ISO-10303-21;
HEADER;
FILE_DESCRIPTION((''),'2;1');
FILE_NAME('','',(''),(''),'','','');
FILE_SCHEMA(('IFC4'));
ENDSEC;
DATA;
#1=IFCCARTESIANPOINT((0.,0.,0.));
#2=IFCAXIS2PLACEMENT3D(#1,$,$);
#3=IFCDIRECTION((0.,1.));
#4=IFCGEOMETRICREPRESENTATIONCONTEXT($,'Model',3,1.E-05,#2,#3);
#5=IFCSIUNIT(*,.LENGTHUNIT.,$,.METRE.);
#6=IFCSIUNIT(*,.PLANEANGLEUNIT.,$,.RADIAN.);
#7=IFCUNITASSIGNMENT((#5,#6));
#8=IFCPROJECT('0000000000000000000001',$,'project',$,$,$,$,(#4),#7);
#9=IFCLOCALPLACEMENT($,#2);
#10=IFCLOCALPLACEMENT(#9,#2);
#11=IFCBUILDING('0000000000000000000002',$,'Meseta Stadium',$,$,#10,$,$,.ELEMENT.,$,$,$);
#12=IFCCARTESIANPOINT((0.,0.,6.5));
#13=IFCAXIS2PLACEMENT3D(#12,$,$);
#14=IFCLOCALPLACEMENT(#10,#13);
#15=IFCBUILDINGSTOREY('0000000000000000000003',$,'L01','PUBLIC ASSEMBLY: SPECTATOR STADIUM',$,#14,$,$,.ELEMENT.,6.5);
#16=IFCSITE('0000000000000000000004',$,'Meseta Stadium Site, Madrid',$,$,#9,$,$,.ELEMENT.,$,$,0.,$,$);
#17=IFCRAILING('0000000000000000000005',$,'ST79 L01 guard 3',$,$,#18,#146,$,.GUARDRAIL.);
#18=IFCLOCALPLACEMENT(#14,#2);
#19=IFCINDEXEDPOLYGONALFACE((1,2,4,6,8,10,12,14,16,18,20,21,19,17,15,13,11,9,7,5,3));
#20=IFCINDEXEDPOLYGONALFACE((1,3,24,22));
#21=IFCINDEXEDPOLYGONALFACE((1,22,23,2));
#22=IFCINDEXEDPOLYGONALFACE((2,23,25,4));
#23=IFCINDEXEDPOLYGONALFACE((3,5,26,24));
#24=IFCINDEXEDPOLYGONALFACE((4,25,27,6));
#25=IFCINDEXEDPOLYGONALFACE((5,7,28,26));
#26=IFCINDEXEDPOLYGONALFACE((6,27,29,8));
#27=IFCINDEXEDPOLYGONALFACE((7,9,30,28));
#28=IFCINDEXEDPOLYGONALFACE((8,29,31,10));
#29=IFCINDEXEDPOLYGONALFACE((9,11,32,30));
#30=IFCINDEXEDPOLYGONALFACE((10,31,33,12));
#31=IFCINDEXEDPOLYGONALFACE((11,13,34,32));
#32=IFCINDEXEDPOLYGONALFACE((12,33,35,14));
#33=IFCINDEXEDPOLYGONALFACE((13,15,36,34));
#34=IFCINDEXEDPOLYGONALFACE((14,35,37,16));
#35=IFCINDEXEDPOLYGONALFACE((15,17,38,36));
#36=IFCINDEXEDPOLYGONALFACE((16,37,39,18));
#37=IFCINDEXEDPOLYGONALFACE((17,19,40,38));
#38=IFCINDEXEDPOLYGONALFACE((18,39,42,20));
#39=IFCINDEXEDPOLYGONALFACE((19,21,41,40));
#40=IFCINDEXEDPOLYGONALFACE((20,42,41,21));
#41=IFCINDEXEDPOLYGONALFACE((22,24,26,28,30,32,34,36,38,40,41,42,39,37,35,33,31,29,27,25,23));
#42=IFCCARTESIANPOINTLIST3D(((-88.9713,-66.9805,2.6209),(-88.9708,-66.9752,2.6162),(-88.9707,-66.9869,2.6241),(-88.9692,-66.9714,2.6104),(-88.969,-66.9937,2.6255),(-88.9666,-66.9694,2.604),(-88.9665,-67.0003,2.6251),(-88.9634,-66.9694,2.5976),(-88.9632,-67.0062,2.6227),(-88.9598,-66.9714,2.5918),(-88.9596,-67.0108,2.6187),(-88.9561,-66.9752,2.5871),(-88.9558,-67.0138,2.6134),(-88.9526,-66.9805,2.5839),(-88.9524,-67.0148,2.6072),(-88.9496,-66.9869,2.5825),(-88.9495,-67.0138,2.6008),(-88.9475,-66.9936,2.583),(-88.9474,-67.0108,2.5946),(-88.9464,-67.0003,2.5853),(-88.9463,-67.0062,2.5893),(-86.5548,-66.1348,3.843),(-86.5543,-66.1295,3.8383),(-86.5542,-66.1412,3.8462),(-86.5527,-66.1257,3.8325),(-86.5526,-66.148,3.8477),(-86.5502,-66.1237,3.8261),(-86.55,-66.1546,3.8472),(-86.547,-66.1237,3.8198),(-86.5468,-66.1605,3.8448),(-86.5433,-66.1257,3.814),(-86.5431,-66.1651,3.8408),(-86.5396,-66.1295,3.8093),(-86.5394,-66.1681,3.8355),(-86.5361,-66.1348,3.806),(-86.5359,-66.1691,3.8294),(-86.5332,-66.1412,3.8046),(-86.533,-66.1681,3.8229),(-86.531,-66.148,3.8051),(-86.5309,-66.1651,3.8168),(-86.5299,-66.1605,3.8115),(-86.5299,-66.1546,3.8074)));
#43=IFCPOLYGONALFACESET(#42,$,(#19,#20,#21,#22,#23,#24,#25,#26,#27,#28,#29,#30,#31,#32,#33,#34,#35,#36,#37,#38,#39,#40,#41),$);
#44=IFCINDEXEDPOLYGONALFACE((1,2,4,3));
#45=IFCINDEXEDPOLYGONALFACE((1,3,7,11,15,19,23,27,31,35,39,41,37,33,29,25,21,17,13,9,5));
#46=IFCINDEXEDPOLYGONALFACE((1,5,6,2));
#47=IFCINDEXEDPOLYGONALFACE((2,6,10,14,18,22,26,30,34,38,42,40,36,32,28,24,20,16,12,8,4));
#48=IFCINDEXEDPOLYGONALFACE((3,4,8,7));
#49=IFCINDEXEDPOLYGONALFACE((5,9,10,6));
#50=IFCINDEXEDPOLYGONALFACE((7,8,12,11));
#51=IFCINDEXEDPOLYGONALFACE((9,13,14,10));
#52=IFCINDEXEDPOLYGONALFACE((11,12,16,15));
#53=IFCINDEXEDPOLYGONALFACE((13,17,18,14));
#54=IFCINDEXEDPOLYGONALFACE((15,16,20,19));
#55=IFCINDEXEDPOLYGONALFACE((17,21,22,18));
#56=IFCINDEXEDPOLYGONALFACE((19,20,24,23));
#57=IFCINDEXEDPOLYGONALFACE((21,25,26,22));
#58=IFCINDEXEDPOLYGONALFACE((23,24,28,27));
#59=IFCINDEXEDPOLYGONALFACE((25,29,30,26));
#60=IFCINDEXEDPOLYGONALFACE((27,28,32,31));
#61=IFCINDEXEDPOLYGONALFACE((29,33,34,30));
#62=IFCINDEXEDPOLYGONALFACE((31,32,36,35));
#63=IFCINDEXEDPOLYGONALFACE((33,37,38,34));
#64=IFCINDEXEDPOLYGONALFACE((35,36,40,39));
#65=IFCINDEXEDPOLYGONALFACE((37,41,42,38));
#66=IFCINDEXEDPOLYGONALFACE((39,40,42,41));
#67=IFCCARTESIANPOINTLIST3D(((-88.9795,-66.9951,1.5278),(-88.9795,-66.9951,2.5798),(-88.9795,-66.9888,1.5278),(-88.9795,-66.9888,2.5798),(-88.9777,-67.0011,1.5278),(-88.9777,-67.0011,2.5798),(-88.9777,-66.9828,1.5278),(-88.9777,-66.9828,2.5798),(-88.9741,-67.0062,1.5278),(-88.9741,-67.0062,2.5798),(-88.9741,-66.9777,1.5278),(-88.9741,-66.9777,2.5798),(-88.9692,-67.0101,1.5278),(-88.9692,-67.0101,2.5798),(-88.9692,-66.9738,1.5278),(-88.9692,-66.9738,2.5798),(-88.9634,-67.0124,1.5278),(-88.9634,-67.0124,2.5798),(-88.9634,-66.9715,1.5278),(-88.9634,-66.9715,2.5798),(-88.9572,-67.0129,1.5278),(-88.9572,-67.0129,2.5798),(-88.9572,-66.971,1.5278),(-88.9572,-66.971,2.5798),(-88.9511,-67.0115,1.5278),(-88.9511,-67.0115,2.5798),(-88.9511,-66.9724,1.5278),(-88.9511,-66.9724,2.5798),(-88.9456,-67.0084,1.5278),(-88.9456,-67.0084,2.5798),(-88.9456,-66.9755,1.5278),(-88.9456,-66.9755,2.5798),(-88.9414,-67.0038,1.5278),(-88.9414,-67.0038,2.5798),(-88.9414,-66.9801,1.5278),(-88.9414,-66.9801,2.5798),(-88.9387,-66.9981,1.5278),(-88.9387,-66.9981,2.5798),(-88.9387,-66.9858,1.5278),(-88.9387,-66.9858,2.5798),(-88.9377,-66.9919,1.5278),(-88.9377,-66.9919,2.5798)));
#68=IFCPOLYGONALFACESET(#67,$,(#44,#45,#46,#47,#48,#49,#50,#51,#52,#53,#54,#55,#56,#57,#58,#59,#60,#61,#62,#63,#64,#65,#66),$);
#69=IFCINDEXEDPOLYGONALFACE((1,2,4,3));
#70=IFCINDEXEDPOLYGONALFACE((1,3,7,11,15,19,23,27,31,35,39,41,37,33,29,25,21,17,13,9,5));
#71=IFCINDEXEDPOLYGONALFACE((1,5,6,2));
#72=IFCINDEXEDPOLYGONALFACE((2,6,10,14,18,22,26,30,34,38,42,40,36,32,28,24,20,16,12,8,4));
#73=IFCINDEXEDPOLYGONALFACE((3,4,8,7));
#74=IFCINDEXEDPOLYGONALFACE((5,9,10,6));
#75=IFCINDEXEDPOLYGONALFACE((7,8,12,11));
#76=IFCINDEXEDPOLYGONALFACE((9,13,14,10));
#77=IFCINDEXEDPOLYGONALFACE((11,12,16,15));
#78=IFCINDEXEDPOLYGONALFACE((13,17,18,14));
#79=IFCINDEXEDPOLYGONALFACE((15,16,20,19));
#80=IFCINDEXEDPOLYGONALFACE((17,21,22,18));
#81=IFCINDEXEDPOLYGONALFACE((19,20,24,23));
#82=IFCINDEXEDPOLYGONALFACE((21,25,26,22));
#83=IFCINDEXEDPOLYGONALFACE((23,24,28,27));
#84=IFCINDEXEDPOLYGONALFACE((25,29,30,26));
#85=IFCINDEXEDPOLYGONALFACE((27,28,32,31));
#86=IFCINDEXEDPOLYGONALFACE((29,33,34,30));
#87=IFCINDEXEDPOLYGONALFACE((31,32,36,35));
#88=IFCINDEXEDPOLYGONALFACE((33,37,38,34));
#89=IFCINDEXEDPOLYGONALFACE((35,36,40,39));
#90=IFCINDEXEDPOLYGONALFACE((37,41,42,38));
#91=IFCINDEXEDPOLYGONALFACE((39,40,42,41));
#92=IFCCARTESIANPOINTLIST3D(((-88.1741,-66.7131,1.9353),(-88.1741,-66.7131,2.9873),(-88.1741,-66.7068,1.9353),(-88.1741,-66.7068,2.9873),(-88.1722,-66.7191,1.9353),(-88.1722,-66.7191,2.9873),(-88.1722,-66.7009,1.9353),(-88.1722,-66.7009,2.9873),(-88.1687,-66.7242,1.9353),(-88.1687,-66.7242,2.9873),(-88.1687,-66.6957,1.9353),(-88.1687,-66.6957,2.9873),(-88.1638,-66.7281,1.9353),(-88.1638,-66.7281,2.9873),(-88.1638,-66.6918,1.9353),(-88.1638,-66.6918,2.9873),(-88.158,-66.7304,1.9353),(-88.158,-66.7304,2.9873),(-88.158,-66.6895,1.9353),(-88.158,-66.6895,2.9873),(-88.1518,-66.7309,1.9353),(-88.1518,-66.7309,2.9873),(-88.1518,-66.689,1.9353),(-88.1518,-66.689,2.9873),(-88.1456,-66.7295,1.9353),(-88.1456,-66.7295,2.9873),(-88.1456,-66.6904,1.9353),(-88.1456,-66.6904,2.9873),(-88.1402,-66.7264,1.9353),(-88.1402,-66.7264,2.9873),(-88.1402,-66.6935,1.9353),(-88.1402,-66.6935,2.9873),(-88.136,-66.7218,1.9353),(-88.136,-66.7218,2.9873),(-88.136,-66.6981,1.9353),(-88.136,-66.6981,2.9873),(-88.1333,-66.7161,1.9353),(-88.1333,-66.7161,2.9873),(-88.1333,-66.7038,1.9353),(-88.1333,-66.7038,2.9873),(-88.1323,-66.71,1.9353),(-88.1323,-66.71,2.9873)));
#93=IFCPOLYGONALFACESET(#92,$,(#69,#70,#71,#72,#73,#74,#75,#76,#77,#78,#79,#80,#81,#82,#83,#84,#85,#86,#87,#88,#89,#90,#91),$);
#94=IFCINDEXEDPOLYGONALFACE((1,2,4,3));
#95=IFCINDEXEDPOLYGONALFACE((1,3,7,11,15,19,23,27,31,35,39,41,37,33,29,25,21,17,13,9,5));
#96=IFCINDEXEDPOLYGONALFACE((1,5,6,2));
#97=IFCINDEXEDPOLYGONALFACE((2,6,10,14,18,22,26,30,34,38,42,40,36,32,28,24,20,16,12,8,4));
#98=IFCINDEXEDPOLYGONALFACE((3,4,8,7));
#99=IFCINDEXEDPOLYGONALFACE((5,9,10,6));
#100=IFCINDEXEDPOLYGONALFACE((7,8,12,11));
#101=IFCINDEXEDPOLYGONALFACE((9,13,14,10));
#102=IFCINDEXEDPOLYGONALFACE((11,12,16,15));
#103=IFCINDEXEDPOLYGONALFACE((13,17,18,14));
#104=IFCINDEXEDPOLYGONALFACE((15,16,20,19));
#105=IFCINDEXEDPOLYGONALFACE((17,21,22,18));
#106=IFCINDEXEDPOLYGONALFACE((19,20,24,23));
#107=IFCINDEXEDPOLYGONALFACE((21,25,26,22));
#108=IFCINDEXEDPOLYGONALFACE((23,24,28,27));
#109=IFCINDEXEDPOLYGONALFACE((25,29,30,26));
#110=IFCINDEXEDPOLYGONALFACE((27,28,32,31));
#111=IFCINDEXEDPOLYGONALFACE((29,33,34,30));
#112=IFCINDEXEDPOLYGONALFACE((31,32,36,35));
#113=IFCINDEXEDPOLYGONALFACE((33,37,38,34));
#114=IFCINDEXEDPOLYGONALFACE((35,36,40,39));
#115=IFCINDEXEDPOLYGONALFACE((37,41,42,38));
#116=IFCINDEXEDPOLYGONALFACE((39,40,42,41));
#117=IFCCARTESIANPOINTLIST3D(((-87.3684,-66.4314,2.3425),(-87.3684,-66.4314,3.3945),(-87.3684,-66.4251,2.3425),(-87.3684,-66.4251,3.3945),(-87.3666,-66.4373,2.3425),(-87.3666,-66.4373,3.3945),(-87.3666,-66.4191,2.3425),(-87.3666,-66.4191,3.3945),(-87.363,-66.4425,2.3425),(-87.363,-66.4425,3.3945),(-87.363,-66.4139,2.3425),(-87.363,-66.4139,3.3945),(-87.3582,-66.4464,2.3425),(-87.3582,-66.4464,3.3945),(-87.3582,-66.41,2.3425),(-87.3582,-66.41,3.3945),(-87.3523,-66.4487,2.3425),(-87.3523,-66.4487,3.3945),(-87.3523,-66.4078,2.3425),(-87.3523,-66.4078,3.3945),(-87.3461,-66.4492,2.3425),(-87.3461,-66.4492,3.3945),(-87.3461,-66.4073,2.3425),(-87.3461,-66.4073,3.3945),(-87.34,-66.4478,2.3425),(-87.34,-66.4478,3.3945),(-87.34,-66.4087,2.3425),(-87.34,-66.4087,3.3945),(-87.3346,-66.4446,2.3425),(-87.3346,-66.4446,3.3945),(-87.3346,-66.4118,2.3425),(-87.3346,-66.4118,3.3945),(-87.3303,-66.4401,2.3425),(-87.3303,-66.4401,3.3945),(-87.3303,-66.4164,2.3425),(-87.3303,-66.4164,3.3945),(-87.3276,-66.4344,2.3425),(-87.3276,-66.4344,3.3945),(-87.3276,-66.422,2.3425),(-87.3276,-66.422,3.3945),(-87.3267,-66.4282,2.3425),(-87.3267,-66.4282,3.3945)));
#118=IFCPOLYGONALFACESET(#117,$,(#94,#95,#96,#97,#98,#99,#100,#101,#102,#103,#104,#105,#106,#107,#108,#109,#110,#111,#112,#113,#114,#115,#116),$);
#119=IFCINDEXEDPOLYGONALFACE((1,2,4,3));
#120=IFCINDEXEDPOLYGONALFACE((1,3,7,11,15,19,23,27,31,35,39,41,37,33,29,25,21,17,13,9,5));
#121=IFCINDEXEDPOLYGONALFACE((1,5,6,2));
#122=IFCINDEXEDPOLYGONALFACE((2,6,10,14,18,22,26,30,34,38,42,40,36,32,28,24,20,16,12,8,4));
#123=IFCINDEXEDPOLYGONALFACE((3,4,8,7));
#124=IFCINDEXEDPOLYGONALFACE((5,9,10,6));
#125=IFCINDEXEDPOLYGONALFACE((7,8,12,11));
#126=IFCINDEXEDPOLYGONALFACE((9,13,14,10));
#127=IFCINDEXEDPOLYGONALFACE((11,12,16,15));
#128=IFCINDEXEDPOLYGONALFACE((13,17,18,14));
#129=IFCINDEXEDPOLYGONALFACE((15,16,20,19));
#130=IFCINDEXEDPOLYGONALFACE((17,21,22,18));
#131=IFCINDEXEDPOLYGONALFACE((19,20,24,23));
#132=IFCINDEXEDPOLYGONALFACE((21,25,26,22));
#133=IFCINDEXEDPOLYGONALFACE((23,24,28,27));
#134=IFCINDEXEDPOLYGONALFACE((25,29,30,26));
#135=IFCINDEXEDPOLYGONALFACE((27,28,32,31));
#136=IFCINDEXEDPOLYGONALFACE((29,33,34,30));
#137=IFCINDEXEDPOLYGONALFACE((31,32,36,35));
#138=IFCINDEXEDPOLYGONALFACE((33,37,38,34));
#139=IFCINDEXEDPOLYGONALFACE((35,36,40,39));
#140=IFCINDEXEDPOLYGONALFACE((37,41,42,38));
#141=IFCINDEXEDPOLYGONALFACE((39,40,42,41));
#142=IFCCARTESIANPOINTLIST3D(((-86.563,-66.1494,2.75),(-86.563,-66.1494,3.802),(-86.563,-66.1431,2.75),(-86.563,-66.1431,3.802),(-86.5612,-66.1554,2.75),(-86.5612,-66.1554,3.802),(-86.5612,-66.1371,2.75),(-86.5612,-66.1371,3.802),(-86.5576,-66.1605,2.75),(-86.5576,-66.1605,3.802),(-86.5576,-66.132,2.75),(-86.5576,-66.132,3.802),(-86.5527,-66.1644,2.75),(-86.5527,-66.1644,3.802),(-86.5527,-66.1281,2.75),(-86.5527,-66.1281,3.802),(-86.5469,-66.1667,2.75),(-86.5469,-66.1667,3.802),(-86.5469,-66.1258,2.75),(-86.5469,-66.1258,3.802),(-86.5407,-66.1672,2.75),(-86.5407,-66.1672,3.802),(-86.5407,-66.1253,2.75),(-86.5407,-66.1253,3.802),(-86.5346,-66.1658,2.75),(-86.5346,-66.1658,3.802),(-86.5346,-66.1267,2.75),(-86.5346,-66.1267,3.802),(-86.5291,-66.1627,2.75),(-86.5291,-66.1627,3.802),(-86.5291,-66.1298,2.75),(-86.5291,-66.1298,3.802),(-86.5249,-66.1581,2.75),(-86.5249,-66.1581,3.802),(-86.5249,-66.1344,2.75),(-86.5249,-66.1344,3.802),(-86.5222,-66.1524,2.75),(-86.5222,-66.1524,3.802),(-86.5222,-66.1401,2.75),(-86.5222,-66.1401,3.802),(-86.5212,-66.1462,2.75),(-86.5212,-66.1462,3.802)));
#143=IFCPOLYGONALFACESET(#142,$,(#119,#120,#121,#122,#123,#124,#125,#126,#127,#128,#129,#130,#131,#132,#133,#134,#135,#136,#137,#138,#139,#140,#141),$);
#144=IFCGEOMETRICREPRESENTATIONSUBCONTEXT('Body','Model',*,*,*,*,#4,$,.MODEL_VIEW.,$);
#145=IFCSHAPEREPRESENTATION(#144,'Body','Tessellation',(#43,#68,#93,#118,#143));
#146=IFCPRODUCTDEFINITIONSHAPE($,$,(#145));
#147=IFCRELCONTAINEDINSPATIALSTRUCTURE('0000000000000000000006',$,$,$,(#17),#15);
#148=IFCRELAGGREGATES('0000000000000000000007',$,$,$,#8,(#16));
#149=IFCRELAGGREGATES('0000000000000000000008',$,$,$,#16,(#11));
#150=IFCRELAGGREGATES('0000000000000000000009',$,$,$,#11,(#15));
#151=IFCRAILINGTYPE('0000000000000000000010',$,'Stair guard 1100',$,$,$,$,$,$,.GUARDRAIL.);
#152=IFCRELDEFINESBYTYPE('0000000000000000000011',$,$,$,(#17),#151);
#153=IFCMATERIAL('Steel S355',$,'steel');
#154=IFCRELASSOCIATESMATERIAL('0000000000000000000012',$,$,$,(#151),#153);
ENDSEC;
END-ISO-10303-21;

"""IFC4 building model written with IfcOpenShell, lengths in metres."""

from ifc_helpers import new_model, si_unit, direction, frame, origin, origin_2d, place, context, subcontext, project, spatial, circle, extrude, material, type_object, element, save


model = new_model("IFC4")

# Units and contexts
model_context = context("Model", 3, precision=1e-05, world=origin(), true_north=direction((0.0, 1.0)))
body_context = subcontext(model_context, "Body", "Model", "MODEL_VIEW")
ifc_project = project(units=[si_unit("LENGTHUNIT", "METRE"), si_unit("PLANEANGLEUNIT", "RADIAN")], contexts=[model_context])

# Site, building, storey
site_placement = place(None, origin())
site = spatial("IfcSite", under=ifc_project, at=site_placement, Name="Meseta Stadium Site, Madrid", CompositionType="ELEMENT", RefElevation=0.0)
building_placement = place(site_placement, origin())
building = spatial("IfcBuilding", under=site, at=building_placement, Name="Meseta Stadium", CompositionType="ELEMENT")
storey_placement = place(building_placement, frame((0.0, 0.0, 6.5)))
storey = spatial("IfcBuildingStorey", under=building, at=storey_placement, Name="L01", Description="PUBLIC ASSEMBLY: SPECTATOR STADIUM", CompositionType="ELEMENT", Elevation=6.5)

# Railing
ifc_material_1 = material(Name="Steel S355", Category="steel")
railing_type_1 = type_object("IfcRailingType", Name="Stair guard 1100", PredefinedType="GUARDRAIL", material=ifc_material_1)
railing_1_placement = place(storey_placement, frame((-88.9587, -66.9919, 1.5278)))
element("IfcRailing", 1, at=railing_1_placement, inside=storey, type_object=railing_type_1, Name="ST79 L01 guard 3", PredefinedType="GUARDRAIL", context=body_context, shape_type="SweptSolid", body=[
    extrude(circle(Radius=0.0239, at=origin_2d()), frame((0.0, 0.0, 1.0762), z_axis=(0.85179, 0.298101, 0.4308), x_axis=(-0.330325, 0.943867, 0.0)), (0.0, 0.0, 1.0), 2.8369),
    extrude(circle(Radius=0.021, at=origin_2d()), origin(), (0.0, 0.0, 1.0), 1.052),
    extrude(circle(Radius=0.021, at=origin_2d()), frame((0.8054, 0.282, 0.4075)), (0.0, 0.0, 1.0), 1.052),
    extrude(circle(Radius=0.021, at=origin_2d()), frame((1.6111, 0.5637, 0.8147)), (0.0, 0.0, 1.0), 1.052),
    extrude(circle(Radius=0.021, at=origin_2d()), frame((2.4165, 0.8457, 1.2222)), (0.0, 0.0, 1.0), 1.052),
])

save(model, "model.ifc")
